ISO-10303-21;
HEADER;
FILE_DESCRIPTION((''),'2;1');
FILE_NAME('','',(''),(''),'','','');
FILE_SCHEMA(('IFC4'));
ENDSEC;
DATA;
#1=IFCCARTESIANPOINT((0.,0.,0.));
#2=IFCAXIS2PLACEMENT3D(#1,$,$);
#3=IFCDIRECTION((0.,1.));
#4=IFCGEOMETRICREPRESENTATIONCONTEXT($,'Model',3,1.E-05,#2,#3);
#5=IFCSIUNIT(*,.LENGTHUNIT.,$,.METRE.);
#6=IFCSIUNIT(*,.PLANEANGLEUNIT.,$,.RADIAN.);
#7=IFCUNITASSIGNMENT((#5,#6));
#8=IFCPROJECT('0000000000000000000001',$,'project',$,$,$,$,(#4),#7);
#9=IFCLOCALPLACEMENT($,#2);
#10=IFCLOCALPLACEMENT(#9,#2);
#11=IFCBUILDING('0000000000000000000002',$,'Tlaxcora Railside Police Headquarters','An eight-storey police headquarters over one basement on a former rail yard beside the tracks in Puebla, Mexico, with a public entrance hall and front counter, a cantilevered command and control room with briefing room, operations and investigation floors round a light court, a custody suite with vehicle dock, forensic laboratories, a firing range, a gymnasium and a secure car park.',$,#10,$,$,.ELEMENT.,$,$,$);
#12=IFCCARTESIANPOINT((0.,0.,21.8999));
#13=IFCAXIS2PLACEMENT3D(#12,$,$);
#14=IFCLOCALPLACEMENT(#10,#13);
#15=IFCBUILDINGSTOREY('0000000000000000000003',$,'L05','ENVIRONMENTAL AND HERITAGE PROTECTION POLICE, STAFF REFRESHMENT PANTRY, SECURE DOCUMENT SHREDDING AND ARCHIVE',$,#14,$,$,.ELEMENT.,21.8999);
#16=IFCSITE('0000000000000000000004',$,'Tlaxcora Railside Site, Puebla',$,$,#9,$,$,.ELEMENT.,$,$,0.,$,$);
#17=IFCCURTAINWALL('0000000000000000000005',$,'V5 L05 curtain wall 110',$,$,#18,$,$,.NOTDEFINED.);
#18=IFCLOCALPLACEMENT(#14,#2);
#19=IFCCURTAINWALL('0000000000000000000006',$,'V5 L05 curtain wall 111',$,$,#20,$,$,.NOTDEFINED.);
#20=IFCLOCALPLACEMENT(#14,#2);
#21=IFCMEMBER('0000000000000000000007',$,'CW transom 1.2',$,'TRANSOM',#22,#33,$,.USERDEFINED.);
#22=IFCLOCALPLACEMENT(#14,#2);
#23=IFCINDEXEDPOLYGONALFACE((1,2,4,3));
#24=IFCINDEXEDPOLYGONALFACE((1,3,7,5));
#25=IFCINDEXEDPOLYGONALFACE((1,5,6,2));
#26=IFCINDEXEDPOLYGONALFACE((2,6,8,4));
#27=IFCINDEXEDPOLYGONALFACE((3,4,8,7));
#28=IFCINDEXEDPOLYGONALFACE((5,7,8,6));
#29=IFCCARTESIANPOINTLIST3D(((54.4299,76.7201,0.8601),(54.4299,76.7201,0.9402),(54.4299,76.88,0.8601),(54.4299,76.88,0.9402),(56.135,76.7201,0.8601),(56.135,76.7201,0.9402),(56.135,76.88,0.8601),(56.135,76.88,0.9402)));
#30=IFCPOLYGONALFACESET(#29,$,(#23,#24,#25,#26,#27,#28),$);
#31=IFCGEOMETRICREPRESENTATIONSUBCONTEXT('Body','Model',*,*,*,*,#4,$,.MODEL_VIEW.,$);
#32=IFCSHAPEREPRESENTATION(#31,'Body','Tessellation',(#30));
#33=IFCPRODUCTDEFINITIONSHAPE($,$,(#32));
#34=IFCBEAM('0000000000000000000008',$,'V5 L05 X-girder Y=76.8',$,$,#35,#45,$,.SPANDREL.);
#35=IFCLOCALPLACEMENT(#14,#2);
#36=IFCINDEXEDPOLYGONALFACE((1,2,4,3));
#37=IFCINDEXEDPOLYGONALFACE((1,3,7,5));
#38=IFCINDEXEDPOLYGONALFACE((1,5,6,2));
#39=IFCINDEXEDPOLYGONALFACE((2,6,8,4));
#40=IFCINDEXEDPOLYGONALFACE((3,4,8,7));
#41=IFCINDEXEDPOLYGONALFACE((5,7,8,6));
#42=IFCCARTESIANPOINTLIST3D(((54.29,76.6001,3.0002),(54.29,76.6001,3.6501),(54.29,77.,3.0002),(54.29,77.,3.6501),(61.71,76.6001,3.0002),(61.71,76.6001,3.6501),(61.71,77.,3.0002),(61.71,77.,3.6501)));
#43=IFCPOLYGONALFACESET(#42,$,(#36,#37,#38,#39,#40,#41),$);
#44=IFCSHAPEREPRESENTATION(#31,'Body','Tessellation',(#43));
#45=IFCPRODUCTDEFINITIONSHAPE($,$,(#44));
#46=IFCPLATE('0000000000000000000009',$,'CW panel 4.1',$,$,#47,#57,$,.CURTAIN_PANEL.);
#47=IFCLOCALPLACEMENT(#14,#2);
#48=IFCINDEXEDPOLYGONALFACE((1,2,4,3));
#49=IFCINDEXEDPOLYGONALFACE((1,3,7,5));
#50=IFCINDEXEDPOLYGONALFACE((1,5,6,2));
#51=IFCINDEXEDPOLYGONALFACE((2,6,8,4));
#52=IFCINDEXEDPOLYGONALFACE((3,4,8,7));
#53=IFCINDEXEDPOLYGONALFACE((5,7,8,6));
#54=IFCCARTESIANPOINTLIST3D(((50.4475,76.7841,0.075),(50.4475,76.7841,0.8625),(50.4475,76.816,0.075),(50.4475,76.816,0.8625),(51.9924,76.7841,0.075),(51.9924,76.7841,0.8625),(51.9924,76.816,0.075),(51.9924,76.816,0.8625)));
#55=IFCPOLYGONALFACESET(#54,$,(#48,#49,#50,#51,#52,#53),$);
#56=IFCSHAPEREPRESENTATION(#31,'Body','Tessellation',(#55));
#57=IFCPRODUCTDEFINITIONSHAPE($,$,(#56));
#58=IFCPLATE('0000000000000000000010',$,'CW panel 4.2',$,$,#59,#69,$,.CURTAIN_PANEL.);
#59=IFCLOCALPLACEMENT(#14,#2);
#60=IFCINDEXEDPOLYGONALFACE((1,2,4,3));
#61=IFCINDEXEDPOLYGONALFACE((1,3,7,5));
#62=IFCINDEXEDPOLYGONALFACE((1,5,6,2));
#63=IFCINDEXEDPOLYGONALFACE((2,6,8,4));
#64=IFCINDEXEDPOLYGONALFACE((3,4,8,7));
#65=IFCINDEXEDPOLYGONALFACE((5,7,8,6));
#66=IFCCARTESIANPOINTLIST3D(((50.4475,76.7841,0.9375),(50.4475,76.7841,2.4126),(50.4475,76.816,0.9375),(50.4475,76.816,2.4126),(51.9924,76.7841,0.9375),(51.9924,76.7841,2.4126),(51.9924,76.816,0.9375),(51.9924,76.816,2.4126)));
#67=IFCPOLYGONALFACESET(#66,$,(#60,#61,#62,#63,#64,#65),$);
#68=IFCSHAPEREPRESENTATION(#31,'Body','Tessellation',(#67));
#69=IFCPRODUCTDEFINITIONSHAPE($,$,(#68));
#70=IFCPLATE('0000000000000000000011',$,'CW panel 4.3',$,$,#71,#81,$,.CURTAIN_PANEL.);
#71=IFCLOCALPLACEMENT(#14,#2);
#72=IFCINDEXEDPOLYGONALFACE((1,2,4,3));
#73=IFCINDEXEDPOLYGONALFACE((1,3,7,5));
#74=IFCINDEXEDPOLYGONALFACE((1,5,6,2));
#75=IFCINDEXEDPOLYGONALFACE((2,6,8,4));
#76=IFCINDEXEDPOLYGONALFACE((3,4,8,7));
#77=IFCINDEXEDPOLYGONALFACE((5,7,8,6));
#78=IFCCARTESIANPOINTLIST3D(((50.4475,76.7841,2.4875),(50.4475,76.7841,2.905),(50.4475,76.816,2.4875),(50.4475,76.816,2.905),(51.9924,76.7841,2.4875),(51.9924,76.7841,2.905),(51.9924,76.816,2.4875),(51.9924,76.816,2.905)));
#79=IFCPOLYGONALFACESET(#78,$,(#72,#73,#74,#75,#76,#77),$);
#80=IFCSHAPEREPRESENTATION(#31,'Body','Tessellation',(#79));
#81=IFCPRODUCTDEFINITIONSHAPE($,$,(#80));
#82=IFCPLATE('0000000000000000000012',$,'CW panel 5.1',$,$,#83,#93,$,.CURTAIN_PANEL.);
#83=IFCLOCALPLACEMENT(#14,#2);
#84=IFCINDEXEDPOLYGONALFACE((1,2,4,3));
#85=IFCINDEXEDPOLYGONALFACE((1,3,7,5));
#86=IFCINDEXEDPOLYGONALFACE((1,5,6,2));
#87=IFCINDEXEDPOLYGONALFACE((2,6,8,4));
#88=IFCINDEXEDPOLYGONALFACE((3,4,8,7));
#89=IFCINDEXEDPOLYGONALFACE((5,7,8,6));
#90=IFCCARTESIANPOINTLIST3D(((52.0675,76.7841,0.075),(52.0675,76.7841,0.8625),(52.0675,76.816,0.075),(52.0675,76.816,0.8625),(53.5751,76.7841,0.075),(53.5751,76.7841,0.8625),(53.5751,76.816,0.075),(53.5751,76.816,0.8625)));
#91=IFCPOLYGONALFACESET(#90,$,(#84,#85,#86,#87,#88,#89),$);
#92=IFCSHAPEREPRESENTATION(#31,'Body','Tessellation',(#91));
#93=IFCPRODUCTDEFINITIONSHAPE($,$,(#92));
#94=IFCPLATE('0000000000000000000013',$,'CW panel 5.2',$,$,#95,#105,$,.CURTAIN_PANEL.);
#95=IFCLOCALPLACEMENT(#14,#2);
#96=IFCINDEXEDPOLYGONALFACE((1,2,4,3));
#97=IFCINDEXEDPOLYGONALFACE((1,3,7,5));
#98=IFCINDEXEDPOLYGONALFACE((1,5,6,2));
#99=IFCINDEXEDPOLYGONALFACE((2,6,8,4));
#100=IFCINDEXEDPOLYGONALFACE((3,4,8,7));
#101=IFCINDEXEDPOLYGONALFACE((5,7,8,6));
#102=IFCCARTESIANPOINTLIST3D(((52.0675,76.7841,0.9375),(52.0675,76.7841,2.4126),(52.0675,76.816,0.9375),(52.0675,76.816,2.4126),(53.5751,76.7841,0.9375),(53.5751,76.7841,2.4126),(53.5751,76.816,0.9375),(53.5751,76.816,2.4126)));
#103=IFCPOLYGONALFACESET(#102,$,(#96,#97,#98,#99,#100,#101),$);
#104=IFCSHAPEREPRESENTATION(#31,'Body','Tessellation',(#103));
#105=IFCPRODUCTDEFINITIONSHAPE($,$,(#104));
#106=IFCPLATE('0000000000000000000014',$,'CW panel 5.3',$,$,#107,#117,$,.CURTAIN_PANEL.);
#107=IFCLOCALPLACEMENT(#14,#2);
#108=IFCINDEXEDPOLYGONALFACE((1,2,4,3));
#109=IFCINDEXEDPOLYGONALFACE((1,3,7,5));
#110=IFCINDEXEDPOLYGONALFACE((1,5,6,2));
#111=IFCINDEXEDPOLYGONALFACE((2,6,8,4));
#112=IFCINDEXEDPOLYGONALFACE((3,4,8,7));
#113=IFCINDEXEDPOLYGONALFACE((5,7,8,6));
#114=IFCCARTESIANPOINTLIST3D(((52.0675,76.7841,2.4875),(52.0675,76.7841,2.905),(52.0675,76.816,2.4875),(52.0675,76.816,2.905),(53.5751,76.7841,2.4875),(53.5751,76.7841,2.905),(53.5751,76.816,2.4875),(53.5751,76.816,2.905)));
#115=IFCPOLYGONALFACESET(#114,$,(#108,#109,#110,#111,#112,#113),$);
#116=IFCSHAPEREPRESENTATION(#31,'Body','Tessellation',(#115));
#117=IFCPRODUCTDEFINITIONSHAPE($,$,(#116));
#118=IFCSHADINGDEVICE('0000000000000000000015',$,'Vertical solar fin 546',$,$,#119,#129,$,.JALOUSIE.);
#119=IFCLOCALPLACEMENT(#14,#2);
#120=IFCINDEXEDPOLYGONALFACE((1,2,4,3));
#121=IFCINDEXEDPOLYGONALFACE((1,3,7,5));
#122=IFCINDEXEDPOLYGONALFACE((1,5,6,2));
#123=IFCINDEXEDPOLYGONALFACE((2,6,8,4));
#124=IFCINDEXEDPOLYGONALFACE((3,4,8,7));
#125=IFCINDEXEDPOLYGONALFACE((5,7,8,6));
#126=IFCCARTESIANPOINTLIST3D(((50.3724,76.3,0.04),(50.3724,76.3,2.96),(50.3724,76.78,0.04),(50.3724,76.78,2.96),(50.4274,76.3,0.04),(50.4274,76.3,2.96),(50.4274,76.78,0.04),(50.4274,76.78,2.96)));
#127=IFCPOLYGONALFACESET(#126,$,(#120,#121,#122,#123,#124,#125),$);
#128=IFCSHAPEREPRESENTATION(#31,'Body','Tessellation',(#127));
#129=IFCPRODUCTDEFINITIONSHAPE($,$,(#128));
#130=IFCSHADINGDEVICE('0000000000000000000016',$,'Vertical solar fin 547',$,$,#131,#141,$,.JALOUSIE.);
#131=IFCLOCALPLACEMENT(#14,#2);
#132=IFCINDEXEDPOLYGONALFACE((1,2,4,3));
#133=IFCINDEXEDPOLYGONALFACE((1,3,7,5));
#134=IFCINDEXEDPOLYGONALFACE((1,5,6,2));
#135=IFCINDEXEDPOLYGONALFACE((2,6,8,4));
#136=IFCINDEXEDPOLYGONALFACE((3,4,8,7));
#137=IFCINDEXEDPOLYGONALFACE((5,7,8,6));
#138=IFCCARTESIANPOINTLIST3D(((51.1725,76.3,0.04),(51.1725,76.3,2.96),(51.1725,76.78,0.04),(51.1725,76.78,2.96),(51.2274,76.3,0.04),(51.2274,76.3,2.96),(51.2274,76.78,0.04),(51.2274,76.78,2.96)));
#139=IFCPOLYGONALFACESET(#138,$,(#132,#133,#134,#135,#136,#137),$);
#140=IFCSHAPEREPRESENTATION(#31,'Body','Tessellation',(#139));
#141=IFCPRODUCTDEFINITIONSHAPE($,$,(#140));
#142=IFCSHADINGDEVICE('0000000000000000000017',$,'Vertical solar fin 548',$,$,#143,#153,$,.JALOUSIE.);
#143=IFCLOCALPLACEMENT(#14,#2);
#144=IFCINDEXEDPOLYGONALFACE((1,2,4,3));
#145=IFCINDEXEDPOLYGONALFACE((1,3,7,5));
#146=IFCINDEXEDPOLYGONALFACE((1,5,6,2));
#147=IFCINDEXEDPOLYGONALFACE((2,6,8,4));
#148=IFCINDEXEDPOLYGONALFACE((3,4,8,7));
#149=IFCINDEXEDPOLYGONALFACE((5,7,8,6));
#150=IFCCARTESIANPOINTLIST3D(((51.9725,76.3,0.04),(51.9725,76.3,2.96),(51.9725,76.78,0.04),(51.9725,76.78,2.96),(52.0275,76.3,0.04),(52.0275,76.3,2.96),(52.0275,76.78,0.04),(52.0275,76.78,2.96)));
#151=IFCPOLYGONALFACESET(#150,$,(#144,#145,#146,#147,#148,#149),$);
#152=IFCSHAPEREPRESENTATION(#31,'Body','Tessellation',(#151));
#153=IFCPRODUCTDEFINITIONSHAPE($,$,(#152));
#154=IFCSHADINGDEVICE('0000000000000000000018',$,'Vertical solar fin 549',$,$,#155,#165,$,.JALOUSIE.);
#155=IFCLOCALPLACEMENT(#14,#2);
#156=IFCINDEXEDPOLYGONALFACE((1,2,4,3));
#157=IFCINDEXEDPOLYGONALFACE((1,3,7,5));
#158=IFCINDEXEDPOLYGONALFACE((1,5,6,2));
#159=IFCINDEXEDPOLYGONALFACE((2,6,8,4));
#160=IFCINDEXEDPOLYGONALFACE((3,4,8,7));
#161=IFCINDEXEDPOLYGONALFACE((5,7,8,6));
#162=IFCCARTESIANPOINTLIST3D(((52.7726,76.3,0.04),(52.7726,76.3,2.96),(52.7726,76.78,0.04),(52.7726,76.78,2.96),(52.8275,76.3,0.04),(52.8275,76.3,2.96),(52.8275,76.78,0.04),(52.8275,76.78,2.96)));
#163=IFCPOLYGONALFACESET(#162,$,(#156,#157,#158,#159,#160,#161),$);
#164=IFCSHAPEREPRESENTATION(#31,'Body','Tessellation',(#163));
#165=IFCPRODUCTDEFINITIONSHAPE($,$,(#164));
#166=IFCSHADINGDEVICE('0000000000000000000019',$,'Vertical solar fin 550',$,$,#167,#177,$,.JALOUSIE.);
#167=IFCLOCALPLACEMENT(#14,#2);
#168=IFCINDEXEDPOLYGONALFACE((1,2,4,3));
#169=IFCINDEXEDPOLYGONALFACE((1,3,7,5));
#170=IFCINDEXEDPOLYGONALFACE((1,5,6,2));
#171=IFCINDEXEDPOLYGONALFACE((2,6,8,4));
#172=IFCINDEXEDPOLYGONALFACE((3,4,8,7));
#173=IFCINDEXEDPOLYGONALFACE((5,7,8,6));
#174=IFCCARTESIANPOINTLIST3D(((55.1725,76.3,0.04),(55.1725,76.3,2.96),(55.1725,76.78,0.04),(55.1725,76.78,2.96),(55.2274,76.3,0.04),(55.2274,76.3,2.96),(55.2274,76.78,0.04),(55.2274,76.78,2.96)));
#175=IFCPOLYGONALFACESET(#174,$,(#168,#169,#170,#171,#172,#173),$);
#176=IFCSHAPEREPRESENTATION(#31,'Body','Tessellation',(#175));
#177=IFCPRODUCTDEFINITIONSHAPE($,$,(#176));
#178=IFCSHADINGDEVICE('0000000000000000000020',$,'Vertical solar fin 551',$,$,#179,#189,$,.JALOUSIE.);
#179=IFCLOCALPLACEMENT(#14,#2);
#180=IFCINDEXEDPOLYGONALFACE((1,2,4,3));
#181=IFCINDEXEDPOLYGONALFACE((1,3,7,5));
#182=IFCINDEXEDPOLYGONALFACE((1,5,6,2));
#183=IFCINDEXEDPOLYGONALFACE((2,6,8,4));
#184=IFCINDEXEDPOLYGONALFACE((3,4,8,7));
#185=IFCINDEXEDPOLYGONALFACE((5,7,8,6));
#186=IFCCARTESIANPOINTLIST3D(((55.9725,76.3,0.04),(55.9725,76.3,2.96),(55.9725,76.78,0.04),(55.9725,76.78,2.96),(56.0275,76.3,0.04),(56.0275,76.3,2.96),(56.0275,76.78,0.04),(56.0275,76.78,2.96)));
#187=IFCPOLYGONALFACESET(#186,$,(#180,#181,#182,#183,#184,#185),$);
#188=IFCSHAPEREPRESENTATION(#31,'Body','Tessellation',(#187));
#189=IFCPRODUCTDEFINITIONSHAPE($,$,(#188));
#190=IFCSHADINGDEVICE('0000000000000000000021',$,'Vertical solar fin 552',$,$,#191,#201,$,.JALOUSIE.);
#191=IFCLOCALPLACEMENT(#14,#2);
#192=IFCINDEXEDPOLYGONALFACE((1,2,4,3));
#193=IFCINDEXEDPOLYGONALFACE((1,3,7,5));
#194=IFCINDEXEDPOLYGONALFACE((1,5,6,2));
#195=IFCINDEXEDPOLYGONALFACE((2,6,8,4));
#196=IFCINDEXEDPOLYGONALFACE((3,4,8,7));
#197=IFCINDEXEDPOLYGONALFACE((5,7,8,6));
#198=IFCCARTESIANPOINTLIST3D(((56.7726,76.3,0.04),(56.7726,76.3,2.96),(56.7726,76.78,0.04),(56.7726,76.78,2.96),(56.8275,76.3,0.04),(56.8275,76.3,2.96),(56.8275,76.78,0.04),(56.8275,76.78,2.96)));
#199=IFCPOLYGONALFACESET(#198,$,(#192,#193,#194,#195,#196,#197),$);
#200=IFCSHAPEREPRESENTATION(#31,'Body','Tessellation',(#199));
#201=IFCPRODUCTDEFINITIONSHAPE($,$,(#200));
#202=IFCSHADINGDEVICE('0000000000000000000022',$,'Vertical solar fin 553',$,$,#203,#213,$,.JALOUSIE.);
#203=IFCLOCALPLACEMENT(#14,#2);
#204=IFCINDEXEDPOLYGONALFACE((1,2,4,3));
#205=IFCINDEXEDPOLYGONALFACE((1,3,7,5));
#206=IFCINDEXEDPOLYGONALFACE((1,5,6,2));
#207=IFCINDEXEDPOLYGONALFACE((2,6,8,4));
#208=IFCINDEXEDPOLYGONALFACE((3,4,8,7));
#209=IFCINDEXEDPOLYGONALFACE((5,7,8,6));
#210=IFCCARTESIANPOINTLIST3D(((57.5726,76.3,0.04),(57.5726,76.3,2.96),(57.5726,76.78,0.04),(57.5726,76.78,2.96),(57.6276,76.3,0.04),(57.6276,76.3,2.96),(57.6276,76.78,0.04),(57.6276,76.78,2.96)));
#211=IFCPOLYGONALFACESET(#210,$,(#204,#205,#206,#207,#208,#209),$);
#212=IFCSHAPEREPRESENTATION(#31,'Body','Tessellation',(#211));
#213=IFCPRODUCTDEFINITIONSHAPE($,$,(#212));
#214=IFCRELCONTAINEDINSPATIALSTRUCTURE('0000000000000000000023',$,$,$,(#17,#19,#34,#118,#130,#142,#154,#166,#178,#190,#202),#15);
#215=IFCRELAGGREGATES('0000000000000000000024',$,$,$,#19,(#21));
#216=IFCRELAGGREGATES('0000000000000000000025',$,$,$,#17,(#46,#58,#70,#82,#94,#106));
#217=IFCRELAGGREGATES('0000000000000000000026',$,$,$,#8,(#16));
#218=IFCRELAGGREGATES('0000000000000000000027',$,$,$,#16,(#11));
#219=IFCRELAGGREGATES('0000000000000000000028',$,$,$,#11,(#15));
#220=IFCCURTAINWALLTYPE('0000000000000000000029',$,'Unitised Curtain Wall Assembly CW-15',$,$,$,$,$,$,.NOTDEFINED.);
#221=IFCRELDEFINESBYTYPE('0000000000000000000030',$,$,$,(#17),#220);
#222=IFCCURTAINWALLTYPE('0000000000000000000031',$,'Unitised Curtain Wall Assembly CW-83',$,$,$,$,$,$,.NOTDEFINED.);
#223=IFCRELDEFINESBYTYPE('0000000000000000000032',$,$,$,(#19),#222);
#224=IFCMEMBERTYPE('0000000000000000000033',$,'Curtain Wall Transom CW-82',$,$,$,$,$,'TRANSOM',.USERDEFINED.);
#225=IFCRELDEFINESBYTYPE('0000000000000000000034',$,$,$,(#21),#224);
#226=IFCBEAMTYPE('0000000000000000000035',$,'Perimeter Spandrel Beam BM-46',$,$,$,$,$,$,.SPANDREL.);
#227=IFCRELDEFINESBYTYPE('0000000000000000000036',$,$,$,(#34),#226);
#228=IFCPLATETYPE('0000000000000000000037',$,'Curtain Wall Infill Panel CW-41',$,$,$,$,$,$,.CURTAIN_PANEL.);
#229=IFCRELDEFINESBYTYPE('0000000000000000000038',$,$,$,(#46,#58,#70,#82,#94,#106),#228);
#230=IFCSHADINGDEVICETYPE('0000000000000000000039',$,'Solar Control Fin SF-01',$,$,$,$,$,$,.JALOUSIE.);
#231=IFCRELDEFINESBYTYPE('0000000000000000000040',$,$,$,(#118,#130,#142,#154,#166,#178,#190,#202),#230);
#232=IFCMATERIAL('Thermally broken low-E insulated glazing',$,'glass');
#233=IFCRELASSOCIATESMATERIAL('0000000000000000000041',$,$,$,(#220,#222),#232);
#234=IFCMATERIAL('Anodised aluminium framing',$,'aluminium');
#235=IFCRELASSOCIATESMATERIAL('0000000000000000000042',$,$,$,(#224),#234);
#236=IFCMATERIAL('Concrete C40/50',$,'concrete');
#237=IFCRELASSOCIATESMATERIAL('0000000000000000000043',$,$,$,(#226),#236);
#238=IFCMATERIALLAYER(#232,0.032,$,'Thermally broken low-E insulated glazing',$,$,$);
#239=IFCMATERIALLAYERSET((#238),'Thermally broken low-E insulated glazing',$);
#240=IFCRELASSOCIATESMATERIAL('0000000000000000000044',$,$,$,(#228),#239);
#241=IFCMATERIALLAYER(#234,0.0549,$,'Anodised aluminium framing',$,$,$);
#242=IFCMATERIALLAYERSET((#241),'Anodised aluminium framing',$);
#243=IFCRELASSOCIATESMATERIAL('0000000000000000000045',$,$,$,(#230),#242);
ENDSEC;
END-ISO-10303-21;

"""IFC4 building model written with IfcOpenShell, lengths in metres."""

from ifc_helpers import new_model, si_unit, direction, frame, origin, origin_2d, place, context, subcontext, project, spatial, rectangle, extrude, material, layer, layer_set, material_profile, profile_set, type_object, element, aggregate, save


model = new_model("IFC4")

# Units and contexts
model_context = context("Model", 3, precision=1e-05, world=origin(), true_north=direction((0.0, 1.0)))
body_context = subcontext(model_context, "Body", "Model", "MODEL_VIEW")
ifc_project = project(units=[si_unit("LENGTHUNIT", "METRE"), si_unit("PLANEANGLEUNIT", "RADIAN")], contexts=[model_context])

# Site, building, storey
site_placement = place(None, origin())
site = spatial("IfcSite", under=ifc_project, at=site_placement, Name="Tlaxcora Railside Site, Puebla", CompositionType="ELEMENT", RefElevation=0.0)
building_placement = place(site_placement, origin())
building = spatial("IfcBuilding", under=site, at=building_placement, Name="Tlaxcora Railside Police Headquarters", Description="An eight-storey police headquarters over one basement on a former rail yard beside the tracks in Puebla, Mexico, with a public entrance hall and front counter, a cantilevered command and control room with briefing room, operations and investigation floors round a light court, a custody suite with vehicle dock, forensic laboratories, a firing range, a gymnasium and a secure car park.", CompositionType="ELEMENT")
storey_placement = place(building_placement, frame((0.0, 0.0, 21.8999)))
storey = spatial("IfcBuildingStorey", under=building, at=storey_placement, Name="L05", Description="ENVIRONMENTAL AND HERITAGE PROTECTION POLICE, STAFF REFRESHMENT PANTRY, SECURE DOCUMENT SHREDDING AND ARCHIVE", CompositionType="ELEMENT", Elevation=21.8999)

# Shared definitions
ifc_material_1 = material(Name="Concrete C40/50", Category="concrete")

# Curtain wall
ifc_material_2 = material(Name="Thermally broken low-E insulated glazing", Category="glass")
curtain_wall_type_1 = type_object("IfcCurtainWallType", Name="Unitised Curtain Wall Assembly CW-15", PredefinedType="NOTDEFINED", material=ifc_material_2)
curtain_wall_1_placement = place(storey_placement, origin())
curtain_wall_1 = element("IfcCurtainWall", 1, at=curtain_wall_1_placement, inside=storey, type_object=curtain_wall_type_1, Name="V5 L05 curtain wall 110", PredefinedType="NOTDEFINED")
ifc_material_3 = material(Name="Anodised aluminium framing", Category="aluminium")

# Curtain wall
curtain_wall_type_2 = type_object("IfcCurtainWallType", Name="Unitised Curtain Wall Assembly CW-83", PredefinedType="NOTDEFINED", material=ifc_material_2)
curtain_wall_2_placement = place(storey_placement, origin())
curtain_wall_2 = element("IfcCurtainWall", 2, at=curtain_wall_2_placement, inside=storey, type_object=curtain_wall_type_2, Name="V5 L05 curtain wall 111", PredefinedType="NOTDEFINED")

# Member
ifc_material_profile_1 = material_profile(ifc_material_3, rectangle(XDim=0.1599, YDim=0.0801, at=origin_2d()), Name="AL80X160")
ifc_profile_set_1 = profile_set([ifc_material_profile_1], Name="Anodised aluminium framing")
member_type_1 = type_object("IfcMemberType", Name="Curtain Wall Transom CW-82", ElementType="TRANSOM", PredefinedType="USERDEFINED", material=ifc_profile_set_1)
member_1_placement = place(storey_placement, frame((54.4299, 76.8, 0.9001), z_axis=(1.0, 0.0, 0.0), x_axis=(0.0, 1.0, 0.0)))
member_1 = element("IfcMember", 3, at=member_1_placement, type_object=member_type_1, Name="CW transom 1.2", ObjectType="TRANSOM", PredefinedType="USERDEFINED", context=body_context, shape_type="SweptSolid", body=[
    extrude(rectangle(XDim=0.1599, YDim=0.0801, at=origin_2d()), origin(), (0.0, 0.0, 1.0), 1.7051),
])
aggregate(curtain_wall_2, [member_1])

# Beam
ifc_material_profile_2 = material_profile(ifc_material_1, rectangle(XDim=0.3999, YDim=0.6499, at=origin_2d()), Name="RC400X650")
ifc_profile_set_2 = profile_set([ifc_material_profile_2], Name="Concrete C40/50")
beam_type = type_object("IfcBeamType", Name="Perimeter Spandrel Beam BM-46", PredefinedType="SPANDREL", material=ifc_profile_set_2)
beam_placement = place(storey_placement, frame((54.29, 76.8, 3.3252), z_axis=(1.0, 0.0, 0.0), x_axis=(0.0, 1.0, 0.0)))
element("IfcBeam", 4, at=beam_placement, inside=storey, type_object=beam_type, Name="V5 L05 X-girder Y=76.8", PredefinedType="SPANDREL", context=body_context, shape_type="SweptSolid", body=[
    extrude(rectangle(XDim=0.3999, YDim=0.6499, at=origin_2d()), origin(), (0.0, 0.0, 1.0), 7.4199),
])

# Plates
ifc_layer_1 = layer(ifc_material_2, 0.032, Name="Thermally broken low-E insulated glazing")
ifc_layer_set_1 = layer_set([ifc_layer_1], Name="Thermally broken low-E insulated glazing")
plate_type = type_object("IfcPlateType", Name="Curtain Wall Infill Panel CW-41", PredefinedType="CURTAIN_PANEL", material=ifc_layer_set_1)
plate_1_placement = place(storey_placement, frame((51.22, 76.8, 0.075), z_axis=(0.0, 0.0, 1.0), x_axis=(1.0, 0.0, 0.0)))
plate_1 = element("IfcPlate", 5, at=plate_1_placement, type_object=plate_type, Name="CW panel 4.1", PredefinedType="CURTAIN_PANEL", context=body_context, shape_type="SweptSolid", body=[
    extrude(rectangle(XDim=1.5449, YDim=0.032, at=origin_2d()), origin(), (0.0, 0.0, 1.0), 0.7876),
])
plate_2_placement = place(storey_placement, frame((51.22, 76.8, 0.9375), z_axis=(0.0, 0.0, 1.0), x_axis=(1.0, 0.0, 0.0)))
plate_2 = element("IfcPlate", 6, at=plate_2_placement, type_object=plate_type, Name="CW panel 4.2", PredefinedType="CURTAIN_PANEL", context=body_context, shape_type="SweptSolid", body=[
    extrude(rectangle(XDim=1.5449, YDim=0.032, at=origin_2d()), origin(), (0.0, 0.0, 1.0), 1.4751),
])
plate_3_placement = place(storey_placement, frame((51.22, 76.8, 2.4875), z_axis=(0.0, 0.0, 1.0), x_axis=(1.0, 0.0, 0.0)))
plate_3 = element("IfcPlate", 7, at=plate_3_placement, type_object=plate_type, Name="CW panel 4.3", PredefinedType="CURTAIN_PANEL", context=body_context, shape_type="SweptSolid", body=[
    extrude(rectangle(XDim=1.5449, YDim=0.032, at=origin_2d()), origin(), (0.0, 0.0, 1.0), 0.4175),
])
plate_4_placement = place(storey_placement, frame((52.8213, 76.8, 0.075), z_axis=(0.0, 0.0, 1.0), x_axis=(1.0, 0.0, 0.0)))
plate_4 = element("IfcPlate", 8, at=plate_4_placement, type_object=plate_type, Name="CW panel 5.1", PredefinedType="CURTAIN_PANEL", context=body_context, shape_type="SweptSolid", body=[
    extrude(rectangle(XDim=1.5076, YDim=0.032, at=origin_2d()), origin(), (0.0, 0.0, 1.0), 0.7876),
])
plate_5_placement = place(storey_placement, frame((52.8213, 76.8, 0.9375), z_axis=(0.0, 0.0, 1.0), x_axis=(1.0, 0.0, 0.0)))
plate_5 = element("IfcPlate", 9, at=plate_5_placement, type_object=plate_type, Name="CW panel 5.2", PredefinedType="CURTAIN_PANEL", context=body_context, shape_type="SweptSolid", body=[
    extrude(rectangle(XDim=1.5076, YDim=0.032, at=origin_2d()), origin(), (0.0, 0.0, 1.0), 1.4751),
])
plate_6_placement = place(storey_placement, frame((52.8213, 76.8, 2.4875), z_axis=(0.0, 0.0, 1.0), x_axis=(1.0, 0.0, 0.0)))
plate_6 = element("IfcPlate", 10, at=plate_6_placement, type_object=plate_type, Name="CW panel 5.3", PredefinedType="CURTAIN_PANEL", context=body_context, shape_type="SweptSolid", body=[
    extrude(rectangle(XDim=1.5076, YDim=0.032, at=origin_2d()), origin(), (0.0, 0.0, 1.0), 0.4175),
])
aggregate(curtain_wall_1, [plate_1, plate_2, plate_3, plate_4, plate_5, plate_6])

# Shading devices
ifc_layer_2 = layer(ifc_material_3, 0.0549, Name="Anodised aluminium framing")
ifc_layer_set_2 = layer_set([ifc_layer_2], Name="Anodised aluminium framing")
shading_device_type = type_object("IfcShadingDeviceType", Name="Solar Control Fin SF-01", PredefinedType="JALOUSIE", material=ifc_layer_set_2)
for number, where, z_axis, x_axis, name in (
    (11, (50.3999, 76.54, 0.04), (0.0, 0.0, 1.0), (0.0, -1.0, 0.0), "Vertical solar fin 546"),
    (12, (51.2, 76.54, 0.04), (0.0, 0.0, 1.0), (0.0, -1.0, 0.0), "Vertical solar fin 547"),
    (13, (52.0, 76.54, 0.04), (0.0, 0.0, 1.0), (0.0, -1.0, 0.0), "Vertical solar fin 548"),
    (14, (52.8, 76.54, 0.04), (0.0, 0.0, 1.0), (0.0, -1.0, 0.0), "Vertical solar fin 549"),
    (15, (55.2, 76.54, 0.04), (0.0, 0.0, 1.0), (0.0, -1.0, 0.0), "Vertical solar fin 550"),
    (16, (56.0, 76.54, 0.04), (0.0, 0.0, 1.0), (0.0, -1.0, 0.0), "Vertical solar fin 551"),
    (17, (56.8, 76.54, 0.04), (0.0, 0.0, 1.0), (0.0, -1.0, 0.0), "Vertical solar fin 552"),
    (18, (57.6001, 76.54, 0.04), (0.0, 0.0, 1.0), (0.0, -1.0, 0.0), "Vertical solar fin 553"),
):
    element("IfcShadingDevice", number, at=place(storey_placement, frame(where, z_axis=z_axis, x_axis=x_axis)), inside=storey, type_object=shading_device_type, Name=name, PredefinedType="JALOUSIE", context=body_context, shape_type="SweptSolid", body=[
        extrude(rectangle(XDim=0.48, YDim=0.0549, at=origin_2d()), origin(), (0.0, 0.0, 1.0), 2.9199),
    ])

save(model, "model.ifc")
